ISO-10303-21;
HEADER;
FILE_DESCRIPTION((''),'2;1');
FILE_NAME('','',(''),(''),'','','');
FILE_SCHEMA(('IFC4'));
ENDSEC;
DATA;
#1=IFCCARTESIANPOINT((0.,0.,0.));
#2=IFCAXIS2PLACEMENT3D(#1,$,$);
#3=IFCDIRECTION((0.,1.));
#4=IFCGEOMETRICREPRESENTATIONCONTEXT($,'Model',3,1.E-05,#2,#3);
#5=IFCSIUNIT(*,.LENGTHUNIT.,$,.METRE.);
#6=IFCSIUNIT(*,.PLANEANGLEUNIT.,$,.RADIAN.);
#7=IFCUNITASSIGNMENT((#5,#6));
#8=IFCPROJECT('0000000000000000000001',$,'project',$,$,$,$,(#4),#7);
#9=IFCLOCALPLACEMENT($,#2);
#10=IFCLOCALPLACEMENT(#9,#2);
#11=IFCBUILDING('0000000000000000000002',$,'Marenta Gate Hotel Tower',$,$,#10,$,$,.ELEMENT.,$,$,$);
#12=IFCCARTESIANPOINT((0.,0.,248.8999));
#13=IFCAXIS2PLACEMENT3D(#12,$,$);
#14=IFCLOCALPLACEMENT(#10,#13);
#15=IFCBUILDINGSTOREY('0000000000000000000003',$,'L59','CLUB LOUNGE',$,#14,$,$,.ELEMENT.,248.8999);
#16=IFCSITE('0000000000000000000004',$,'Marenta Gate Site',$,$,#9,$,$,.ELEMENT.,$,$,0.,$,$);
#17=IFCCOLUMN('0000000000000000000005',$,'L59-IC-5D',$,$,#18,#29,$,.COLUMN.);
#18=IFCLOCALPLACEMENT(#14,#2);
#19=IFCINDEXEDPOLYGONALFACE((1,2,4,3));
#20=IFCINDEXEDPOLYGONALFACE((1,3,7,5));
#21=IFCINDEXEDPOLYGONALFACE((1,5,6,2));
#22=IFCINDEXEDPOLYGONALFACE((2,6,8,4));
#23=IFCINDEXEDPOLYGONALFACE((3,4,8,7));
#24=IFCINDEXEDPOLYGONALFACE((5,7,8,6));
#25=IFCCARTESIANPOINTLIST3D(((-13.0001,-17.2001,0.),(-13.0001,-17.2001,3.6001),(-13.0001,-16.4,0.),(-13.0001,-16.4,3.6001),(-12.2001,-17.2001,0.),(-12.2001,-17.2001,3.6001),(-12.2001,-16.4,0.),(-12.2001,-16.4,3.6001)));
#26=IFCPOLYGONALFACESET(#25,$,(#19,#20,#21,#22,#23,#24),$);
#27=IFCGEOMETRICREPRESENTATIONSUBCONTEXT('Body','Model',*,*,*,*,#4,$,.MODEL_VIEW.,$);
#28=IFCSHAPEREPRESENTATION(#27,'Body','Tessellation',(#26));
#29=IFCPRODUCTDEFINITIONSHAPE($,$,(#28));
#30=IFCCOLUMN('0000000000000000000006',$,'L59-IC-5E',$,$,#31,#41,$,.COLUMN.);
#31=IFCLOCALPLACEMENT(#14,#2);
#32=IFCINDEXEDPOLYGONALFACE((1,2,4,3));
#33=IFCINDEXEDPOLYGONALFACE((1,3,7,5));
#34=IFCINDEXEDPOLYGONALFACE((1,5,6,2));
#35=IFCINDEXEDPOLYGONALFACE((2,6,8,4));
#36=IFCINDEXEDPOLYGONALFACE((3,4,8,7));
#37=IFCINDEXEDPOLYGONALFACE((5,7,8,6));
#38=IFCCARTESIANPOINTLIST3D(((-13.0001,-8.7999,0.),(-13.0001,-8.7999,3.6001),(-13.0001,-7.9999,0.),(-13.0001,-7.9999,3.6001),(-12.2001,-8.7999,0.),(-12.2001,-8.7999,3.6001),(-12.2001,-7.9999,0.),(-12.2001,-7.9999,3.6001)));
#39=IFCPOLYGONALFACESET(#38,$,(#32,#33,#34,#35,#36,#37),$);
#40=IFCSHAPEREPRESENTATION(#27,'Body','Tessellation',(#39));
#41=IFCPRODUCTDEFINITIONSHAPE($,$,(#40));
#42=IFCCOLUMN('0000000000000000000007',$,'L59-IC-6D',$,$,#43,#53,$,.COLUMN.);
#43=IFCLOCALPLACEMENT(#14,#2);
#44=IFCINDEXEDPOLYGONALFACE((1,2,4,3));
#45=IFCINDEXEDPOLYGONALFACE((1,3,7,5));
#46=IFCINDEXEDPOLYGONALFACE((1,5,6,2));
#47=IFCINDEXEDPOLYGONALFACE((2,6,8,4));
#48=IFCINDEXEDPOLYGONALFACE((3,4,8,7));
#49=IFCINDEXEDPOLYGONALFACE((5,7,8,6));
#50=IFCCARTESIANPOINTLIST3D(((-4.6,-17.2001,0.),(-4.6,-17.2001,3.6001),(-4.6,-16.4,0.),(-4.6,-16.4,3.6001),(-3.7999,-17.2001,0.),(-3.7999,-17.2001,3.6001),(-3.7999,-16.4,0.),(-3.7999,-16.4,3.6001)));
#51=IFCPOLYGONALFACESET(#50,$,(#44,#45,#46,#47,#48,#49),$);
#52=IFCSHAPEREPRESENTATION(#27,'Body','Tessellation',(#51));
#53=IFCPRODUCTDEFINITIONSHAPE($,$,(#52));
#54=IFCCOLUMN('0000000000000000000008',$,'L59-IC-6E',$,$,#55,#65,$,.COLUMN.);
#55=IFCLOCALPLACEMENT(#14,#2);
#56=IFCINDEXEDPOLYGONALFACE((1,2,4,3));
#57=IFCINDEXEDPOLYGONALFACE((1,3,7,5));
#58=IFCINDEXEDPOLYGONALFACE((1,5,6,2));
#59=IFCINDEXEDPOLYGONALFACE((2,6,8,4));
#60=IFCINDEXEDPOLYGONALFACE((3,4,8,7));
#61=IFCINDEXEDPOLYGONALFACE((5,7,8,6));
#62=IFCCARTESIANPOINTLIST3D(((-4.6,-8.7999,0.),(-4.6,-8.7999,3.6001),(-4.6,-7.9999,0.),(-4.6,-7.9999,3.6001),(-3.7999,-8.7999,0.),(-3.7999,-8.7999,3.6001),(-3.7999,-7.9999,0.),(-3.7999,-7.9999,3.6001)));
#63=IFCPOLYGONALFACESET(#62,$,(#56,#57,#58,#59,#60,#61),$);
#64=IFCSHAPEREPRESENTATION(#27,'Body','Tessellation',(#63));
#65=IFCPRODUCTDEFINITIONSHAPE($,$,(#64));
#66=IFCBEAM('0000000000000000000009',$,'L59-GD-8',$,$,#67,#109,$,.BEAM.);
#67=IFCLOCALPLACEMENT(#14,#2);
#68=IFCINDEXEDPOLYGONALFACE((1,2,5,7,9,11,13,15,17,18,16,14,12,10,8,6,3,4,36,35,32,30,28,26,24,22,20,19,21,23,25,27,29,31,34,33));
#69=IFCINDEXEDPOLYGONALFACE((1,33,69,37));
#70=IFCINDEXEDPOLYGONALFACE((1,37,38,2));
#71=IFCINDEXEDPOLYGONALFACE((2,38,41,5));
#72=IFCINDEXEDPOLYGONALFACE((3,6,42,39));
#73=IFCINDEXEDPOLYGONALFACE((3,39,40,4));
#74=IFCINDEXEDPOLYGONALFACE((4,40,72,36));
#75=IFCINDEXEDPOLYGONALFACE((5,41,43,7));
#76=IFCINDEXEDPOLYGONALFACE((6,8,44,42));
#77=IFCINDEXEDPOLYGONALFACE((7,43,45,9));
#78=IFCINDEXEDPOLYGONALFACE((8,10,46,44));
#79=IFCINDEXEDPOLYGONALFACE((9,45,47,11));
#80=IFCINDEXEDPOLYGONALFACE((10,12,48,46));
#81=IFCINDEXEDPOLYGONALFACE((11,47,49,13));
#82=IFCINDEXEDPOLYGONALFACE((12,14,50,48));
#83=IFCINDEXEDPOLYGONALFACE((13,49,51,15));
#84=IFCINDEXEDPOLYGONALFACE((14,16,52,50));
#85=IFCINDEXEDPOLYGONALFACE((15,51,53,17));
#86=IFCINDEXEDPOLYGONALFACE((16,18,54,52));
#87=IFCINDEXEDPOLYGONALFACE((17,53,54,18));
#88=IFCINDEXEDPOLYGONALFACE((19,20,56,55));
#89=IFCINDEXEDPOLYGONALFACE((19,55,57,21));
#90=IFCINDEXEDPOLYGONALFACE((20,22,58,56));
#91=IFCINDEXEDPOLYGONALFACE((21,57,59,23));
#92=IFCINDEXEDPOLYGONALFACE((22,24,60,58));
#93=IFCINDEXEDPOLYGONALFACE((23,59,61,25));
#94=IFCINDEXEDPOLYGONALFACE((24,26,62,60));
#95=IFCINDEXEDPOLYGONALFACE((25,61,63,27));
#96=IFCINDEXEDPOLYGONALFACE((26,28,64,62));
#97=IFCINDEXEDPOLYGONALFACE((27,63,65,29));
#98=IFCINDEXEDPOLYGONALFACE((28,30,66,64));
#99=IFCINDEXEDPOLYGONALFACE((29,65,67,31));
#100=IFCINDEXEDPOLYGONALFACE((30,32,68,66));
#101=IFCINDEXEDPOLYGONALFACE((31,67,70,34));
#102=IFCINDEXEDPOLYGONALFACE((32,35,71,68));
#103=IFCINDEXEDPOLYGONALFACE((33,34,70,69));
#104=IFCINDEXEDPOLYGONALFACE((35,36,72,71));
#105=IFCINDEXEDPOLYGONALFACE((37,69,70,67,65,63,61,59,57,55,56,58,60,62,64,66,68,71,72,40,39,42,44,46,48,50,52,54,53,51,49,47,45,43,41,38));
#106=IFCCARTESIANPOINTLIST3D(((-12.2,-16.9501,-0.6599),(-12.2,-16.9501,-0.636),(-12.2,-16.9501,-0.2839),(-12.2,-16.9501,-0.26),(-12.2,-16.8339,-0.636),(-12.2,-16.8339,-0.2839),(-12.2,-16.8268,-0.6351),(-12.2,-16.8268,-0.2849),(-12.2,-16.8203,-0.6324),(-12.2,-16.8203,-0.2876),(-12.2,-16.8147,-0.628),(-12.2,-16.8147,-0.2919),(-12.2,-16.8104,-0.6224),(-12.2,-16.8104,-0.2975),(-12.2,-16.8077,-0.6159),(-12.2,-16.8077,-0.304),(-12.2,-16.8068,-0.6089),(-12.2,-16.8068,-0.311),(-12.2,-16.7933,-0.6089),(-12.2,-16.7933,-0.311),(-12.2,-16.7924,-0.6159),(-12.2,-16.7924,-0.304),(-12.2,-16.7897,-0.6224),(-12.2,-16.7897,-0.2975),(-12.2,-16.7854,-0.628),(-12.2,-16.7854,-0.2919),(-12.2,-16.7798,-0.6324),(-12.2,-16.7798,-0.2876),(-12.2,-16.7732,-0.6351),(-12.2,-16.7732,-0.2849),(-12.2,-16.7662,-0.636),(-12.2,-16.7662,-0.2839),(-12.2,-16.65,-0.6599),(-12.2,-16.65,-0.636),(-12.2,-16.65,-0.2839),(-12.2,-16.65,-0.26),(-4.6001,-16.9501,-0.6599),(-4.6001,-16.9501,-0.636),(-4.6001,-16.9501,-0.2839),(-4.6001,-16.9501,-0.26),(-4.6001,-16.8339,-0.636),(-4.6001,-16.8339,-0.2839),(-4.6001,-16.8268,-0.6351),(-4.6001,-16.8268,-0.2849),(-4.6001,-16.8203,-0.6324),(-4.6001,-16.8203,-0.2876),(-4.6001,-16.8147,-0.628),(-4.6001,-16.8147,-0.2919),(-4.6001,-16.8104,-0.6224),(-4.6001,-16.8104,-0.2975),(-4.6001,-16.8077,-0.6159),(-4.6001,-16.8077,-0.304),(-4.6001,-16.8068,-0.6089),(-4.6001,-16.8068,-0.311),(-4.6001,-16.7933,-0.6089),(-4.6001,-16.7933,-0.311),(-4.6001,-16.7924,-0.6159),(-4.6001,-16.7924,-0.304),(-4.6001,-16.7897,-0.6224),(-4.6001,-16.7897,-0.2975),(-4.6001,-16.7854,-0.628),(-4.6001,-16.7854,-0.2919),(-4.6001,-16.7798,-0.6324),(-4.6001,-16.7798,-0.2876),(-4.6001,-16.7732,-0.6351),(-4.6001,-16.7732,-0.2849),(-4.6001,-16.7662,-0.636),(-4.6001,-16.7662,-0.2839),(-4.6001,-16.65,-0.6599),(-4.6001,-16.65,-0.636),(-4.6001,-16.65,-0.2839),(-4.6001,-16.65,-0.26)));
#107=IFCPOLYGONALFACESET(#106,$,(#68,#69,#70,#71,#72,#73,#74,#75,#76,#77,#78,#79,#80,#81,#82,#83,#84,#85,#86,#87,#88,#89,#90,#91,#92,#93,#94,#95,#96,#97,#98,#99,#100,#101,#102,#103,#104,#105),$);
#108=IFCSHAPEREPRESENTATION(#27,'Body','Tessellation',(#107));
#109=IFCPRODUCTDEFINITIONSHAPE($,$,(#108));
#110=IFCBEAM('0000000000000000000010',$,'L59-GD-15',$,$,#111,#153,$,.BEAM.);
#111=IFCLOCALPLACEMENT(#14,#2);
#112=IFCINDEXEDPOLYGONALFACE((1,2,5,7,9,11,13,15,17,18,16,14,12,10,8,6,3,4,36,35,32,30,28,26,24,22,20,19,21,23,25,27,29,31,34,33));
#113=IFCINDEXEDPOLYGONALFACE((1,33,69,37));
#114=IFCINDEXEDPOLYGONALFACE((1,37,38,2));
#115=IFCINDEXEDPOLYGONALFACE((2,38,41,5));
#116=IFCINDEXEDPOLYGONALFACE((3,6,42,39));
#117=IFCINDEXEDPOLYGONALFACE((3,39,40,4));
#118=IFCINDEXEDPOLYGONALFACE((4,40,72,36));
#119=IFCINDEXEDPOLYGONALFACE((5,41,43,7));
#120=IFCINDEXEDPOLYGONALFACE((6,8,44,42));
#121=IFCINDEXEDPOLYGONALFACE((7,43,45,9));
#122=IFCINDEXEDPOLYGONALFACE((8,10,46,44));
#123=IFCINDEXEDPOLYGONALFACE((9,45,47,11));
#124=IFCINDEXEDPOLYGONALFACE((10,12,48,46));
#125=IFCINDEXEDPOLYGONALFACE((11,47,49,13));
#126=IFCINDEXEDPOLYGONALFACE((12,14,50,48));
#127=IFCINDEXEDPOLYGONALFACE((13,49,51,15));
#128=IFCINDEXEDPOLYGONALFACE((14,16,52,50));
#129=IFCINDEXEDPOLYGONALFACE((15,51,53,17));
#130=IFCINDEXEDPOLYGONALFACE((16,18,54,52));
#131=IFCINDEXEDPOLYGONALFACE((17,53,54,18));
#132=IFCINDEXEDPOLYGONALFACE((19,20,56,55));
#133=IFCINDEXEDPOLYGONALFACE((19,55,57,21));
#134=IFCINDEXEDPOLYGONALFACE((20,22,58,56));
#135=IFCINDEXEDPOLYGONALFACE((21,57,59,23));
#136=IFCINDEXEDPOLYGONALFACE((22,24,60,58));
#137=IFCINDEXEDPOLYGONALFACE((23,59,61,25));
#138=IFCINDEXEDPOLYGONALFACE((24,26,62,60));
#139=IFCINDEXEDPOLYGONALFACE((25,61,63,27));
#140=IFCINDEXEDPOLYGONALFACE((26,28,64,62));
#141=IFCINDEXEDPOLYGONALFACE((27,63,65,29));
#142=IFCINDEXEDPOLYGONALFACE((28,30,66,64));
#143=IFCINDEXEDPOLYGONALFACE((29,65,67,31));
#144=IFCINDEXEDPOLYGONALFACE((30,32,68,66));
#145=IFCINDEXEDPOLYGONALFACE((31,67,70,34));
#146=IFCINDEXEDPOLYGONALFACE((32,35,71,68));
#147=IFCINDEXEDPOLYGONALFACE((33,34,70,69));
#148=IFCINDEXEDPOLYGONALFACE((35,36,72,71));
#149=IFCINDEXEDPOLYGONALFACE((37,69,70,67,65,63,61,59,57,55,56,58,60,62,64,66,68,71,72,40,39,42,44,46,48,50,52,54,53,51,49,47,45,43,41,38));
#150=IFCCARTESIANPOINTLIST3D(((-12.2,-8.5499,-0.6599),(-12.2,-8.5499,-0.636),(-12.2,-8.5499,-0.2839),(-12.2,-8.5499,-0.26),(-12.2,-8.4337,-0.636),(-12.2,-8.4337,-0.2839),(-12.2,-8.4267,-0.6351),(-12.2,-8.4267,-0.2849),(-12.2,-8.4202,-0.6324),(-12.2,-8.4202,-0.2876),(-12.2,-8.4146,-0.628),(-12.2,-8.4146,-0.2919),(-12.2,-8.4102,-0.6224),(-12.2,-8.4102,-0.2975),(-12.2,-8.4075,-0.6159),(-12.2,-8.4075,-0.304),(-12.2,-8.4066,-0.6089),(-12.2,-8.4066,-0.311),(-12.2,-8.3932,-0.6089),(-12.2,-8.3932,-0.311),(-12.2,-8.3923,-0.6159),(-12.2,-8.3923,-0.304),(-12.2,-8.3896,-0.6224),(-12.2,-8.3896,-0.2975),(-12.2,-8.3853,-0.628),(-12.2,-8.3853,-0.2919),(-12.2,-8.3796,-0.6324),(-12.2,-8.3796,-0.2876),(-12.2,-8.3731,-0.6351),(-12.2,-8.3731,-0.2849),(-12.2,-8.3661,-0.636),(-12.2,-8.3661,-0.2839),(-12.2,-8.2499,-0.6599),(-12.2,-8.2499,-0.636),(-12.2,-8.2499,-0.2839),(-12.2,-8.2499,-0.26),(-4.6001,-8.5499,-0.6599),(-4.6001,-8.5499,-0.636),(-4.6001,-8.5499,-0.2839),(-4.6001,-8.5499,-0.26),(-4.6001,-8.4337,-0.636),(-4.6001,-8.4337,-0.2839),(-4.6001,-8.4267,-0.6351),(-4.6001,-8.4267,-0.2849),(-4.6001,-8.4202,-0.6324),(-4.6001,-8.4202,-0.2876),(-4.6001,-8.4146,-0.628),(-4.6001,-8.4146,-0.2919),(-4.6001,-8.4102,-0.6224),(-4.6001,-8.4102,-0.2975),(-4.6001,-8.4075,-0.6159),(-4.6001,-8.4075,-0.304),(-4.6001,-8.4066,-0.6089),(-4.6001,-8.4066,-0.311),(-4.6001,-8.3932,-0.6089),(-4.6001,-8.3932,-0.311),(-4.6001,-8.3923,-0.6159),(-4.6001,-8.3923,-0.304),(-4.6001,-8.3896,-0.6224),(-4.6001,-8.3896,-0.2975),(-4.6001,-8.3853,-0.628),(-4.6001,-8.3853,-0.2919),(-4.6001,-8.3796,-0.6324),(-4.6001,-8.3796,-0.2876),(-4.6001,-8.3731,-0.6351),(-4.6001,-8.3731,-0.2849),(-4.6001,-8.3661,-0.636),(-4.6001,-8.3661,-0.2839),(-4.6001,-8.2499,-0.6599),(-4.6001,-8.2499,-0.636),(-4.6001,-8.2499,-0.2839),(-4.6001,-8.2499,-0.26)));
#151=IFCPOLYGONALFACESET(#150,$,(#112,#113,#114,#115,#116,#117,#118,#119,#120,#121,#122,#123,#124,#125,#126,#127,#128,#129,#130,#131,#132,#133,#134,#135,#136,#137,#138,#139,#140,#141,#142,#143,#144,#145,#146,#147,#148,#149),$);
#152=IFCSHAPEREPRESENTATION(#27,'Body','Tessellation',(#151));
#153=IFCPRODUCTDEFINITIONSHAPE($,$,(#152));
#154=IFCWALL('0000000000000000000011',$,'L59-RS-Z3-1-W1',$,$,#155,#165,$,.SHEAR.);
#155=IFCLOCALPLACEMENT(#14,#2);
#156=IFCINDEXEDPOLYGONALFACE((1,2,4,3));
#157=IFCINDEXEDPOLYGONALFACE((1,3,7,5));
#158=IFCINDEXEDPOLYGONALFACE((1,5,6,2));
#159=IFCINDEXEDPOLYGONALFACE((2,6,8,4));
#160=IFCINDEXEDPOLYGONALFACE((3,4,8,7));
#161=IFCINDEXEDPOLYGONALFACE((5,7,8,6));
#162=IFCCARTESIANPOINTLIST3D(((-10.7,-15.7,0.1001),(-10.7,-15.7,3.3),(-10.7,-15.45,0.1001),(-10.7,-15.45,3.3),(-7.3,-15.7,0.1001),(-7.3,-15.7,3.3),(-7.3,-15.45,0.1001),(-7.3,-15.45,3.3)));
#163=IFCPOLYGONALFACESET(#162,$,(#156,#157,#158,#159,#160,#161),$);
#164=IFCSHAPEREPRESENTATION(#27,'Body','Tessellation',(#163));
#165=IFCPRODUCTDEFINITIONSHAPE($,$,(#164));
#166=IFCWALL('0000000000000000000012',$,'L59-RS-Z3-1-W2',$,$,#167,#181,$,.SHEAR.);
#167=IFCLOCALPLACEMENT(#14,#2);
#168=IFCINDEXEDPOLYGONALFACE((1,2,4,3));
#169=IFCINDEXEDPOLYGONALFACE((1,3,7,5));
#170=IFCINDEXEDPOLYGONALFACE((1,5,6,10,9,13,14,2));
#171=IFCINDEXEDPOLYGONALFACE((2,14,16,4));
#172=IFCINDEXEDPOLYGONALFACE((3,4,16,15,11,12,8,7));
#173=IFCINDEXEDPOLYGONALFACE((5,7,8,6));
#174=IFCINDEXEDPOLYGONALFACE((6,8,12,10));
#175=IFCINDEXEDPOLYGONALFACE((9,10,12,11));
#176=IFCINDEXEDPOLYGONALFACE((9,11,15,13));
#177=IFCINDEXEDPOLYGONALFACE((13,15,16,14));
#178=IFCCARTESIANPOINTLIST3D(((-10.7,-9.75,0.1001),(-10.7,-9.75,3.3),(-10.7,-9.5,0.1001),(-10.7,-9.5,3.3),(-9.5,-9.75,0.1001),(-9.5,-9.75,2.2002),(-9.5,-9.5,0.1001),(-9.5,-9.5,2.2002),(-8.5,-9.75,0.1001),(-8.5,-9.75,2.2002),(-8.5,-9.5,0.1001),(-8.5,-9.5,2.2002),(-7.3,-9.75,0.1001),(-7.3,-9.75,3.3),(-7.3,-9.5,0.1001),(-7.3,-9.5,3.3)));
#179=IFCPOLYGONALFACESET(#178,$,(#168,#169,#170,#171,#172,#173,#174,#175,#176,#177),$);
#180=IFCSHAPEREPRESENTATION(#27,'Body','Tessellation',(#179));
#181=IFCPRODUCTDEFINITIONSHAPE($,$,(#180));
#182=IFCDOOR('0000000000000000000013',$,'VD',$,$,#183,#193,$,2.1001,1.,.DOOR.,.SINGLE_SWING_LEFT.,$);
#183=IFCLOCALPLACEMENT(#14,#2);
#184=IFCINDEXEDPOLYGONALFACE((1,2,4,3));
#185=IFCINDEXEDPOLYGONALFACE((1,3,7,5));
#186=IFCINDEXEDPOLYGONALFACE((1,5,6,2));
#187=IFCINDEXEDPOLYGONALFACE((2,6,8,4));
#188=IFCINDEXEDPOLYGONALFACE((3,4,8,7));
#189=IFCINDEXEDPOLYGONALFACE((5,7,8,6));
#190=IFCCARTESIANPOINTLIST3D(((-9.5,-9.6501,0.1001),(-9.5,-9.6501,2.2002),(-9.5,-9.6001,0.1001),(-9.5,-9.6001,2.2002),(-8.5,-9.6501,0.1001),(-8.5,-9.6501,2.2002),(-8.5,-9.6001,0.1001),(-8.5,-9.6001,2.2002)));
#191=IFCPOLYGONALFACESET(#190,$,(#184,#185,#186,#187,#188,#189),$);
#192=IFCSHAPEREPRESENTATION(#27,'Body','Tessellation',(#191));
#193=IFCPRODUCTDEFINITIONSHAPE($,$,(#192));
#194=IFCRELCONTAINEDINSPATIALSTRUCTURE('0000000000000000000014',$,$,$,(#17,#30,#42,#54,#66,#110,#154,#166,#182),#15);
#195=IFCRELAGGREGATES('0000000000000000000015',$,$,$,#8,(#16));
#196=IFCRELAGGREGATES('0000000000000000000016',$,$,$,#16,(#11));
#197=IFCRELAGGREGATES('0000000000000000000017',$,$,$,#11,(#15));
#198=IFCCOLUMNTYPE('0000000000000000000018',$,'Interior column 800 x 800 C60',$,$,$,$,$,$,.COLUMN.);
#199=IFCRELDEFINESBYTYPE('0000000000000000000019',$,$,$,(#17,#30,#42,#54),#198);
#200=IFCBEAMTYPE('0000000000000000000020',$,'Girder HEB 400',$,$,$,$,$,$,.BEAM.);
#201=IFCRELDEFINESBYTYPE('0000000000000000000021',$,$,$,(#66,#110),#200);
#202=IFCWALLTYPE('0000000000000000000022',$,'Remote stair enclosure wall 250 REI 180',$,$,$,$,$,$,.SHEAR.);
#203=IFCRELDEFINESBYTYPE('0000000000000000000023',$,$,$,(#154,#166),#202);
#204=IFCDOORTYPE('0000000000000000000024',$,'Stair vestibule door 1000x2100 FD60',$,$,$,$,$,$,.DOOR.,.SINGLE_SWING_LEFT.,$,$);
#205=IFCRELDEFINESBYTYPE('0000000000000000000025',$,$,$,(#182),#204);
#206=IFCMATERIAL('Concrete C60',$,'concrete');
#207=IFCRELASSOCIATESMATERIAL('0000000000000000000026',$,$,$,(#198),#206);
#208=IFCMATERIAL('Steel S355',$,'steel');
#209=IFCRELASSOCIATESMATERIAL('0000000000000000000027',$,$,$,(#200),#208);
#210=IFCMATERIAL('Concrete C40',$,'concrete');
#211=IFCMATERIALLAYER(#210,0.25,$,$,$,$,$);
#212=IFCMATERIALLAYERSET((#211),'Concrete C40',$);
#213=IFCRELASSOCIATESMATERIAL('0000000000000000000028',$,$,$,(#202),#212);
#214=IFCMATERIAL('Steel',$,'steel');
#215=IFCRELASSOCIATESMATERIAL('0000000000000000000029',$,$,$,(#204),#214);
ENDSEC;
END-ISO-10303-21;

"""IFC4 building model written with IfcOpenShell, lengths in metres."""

from ifc_helpers import new_model, si_unit, direction, frame, frame_2d, origin, origin_2d, place, context, subcontext, project, spatial, rectangle, i_section, extrude, material, layer, layer_set, material_profile, profile_set, type_object, element, fill, save


model = new_model("IFC4")

# Units and contexts
model_context = context("Model", 3, precision=1e-05, world=origin(), true_north=direction((0.0, 1.0)))
body_context = subcontext(model_context, "Body", "Model", "MODEL_VIEW")
ifc_project = project(units=[si_unit("LENGTHUNIT", "METRE"), si_unit("PLANEANGLEUNIT", "RADIAN")], contexts=[model_context])

# Site, building, storey
site_placement = place(None, origin())
site = spatial("IfcSite", under=ifc_project, at=site_placement, Name="Marenta Gate Site", CompositionType="ELEMENT", RefElevation=0.0)
building_placement = place(site_placement, origin())
building = spatial("IfcBuilding", under=site, at=building_placement, Name="Marenta Gate Hotel Tower", CompositionType="ELEMENT")
storey_placement = place(building_placement, frame((0.0, 0.0, 248.8999)))
storey = spatial("IfcBuildingStorey", under=building, at=storey_placement, Name="L59", Description="CLUB LOUNGE", CompositionType="ELEMENT", Elevation=248.8999)

# Columns
ifc_material_1 = material(Name="Concrete C60", Category="concrete")
ifc_material_profile_1 = material_profile(ifc_material_1, rectangle(XDim=0.8, YDim=0.8, at=origin_2d()), Name="800 x 800")
ifc_profile_set_1 = profile_set([ifc_material_profile_1], Name="Concrete C60")
column_type = type_object("IfcColumnType", Name="Interior column 800 x 800 C60", PredefinedType="COLUMN", material=ifc_profile_set_1)
for number, where, z_axis, x_axis, name in (
    (1, (-12.6001, -16.8, 0.0), (0.0, 0.0, 1.0), (1.0, 0.0, 0.0), "L59-IC-5D"),
    (2, (-12.6001, -8.3999, 0.0), (0.0, 0.0, 1.0), (1.0, 0.0, 0.0), "L59-IC-5E"),
    (3, (-4.2, -16.8, 0.0), (0.0, 0.0, 1.0), (1.0, 0.0, 0.0), "L59-IC-6D"),
    (4, (-4.2, -8.3999, 0.0), (0.0, 0.0, 1.0), (1.0, 0.0, 0.0), "L59-IC-6E"),
):
    element("IfcColumn", number, at=place(storey_placement, frame(where, z_axis=z_axis, x_axis=x_axis)), inside=storey, type_object=column_type, Name=name, PredefinedType="COLUMN", context=body_context, shape_type="SweptSolid", body=[
        extrude(rectangle(XDim=0.8, YDim=0.8, at=origin_2d()), origin(), (0.0, 0.0, 1.0), 3.6001),
    ])

# Beams
ifc_material_2 = material(Name="Steel S355", Category="steel")
ifc_material_profile_2 = material_profile(ifc_material_2, i_section(OverallWidth=0.3, OverallDepth=0.3999, WebThickness=0.0134, FlangeThickness=0.0239, FilletRadius=0.0271, at=origin_2d()), Name="HEB 400")
ifc_profile_set_2 = profile_set([ifc_material_profile_2], Name="Steel S355")
beam_type = type_object("IfcBeamType", Name="Girder HEB 400", PredefinedType="BEAM", material=ifc_profile_set_2)
for number, where, z_axis, x_axis, name in (
    (5, (-12.2, -16.8, -0.46), (1.0, 0.0, 0.0), (0.0, 1.0, 0.0), "L59-GD-8"),
    (6, (-12.2, -8.3999, -0.46), (1.0, 0.0, 0.0), (0.0, 1.0, 0.0), "L59-GD-15"),
):
    element("IfcBeam", number, at=place(storey_placement, frame(where, z_axis=z_axis, x_axis=x_axis)), inside=storey, type_object=beam_type, Name=name, PredefinedType="BEAM", context=body_context, shape_type="SweptSolid", body=[
        extrude(i_section(OverallWidth=0.3, OverallDepth=0.3999, WebThickness=0.0134, FlangeThickness=0.0239, FilletRadius=0.0271, at=origin_2d()), origin(), (0.0, 0.0, 1.0), 7.5999),
    ])

# Wall
ifc_material_3 = material(Name="Concrete C40", Category="concrete")
ifc_layer_1 = layer(ifc_material_3, 0.25)
ifc_layer_set_1 = layer_set([ifc_layer_1], Name="Concrete C40")
wall_type_1 = type_object("IfcWallType", Name="Remote stair enclosure wall 250 REI 180", PredefinedType="SHEAR", material=ifc_layer_set_1)
wall_1_placement = place(storey_placement, frame((-10.7, -15.575, 0.1001), z_axis=(0.0, 0.0, 1.0), x_axis=(1.0, 0.0, 0.0)))
element("IfcWall", 7, at=wall_1_placement, inside=storey, type_object=wall_type_1, Name="L59-RS-Z3-1-W1", PredefinedType="SHEAR", context=body_context, shape_type="SweptSolid", body=[
    extrude(rectangle(XDim=3.3999, YDim=0.25, at=frame_2d((1.7, 0.0))), origin(), (0.0, 0.0, 1.0), 3.2),
])

# Wall, opening, door
wall_2_placement = place(storey_placement, frame((-10.7, -9.625, 0.1001), z_axis=(0.0, 0.0, 1.0), x_axis=(1.0, 0.0, 0.0)))
wall_2 = element("IfcWall", 8, at=wall_2_placement, inside=storey, type_object=wall_type_1, Name="L59-RS-Z3-1-W2", PredefinedType="SHEAR", context=body_context, shape_type="SweptSolid", body=[
    extrude(rectangle(XDim=3.3999, YDim=0.25, at=frame_2d((1.7, 0.0))), origin(), (0.0, 0.0, 1.0), 3.2),
])
opening_1_placement = place(wall_2_placement, frame((1.2, 0.0, 0.0)))
opening_1 = element("IfcOpeningElement", 9, at=opening_1_placement, cuts=wall_2, PredefinedType="OPENING", context=body_context, shape_type="SweptSolid", body=[
    extrude(rectangle(XDim=1.0, YDim=2.1001, at=frame_2d((0.5, 1.05))), frame((0.0, 0.125, 0.0), z_axis=(0.0, -1.0, 0.0), x_axis=(1.0, 0.0, 0.0)), (0.0, 0.0, 1.0), 0.25),
])
ifc_material_4 = material(Name="Steel", Category="steel")
door_type_1 = type_object("IfcDoorType", Name="Stair vestibule door 1000x2100 FD60", OperationType="SINGLE_SWING_LEFT", PredefinedType="DOOR", material=ifc_material_4)
door_1_placement = place(opening_1_placement, origin())
door_1 = element("IfcDoor", 10, at=door_1_placement, inside=storey, type_object=door_type_1, Name="VD", OperationType="SINGLE_SWING_LEFT", OverallHeight=2.1001, OverallWidth=1.0, PredefinedType="DOOR", context=body_context, shape_type="SweptSolid", body=[
    extrude(rectangle(XDim=1.0, YDim=2.1001, at=frame_2d((0.5, 1.05))), frame((0.0, 0.0249, 0.0), z_axis=(0.0, -1.0, 0.0), x_axis=(1.0, 0.0, 0.0)), (0.0, 0.0, 1.0), 0.05),
])
fill(opening_1, door_1)

save(model, "model.ifc")
